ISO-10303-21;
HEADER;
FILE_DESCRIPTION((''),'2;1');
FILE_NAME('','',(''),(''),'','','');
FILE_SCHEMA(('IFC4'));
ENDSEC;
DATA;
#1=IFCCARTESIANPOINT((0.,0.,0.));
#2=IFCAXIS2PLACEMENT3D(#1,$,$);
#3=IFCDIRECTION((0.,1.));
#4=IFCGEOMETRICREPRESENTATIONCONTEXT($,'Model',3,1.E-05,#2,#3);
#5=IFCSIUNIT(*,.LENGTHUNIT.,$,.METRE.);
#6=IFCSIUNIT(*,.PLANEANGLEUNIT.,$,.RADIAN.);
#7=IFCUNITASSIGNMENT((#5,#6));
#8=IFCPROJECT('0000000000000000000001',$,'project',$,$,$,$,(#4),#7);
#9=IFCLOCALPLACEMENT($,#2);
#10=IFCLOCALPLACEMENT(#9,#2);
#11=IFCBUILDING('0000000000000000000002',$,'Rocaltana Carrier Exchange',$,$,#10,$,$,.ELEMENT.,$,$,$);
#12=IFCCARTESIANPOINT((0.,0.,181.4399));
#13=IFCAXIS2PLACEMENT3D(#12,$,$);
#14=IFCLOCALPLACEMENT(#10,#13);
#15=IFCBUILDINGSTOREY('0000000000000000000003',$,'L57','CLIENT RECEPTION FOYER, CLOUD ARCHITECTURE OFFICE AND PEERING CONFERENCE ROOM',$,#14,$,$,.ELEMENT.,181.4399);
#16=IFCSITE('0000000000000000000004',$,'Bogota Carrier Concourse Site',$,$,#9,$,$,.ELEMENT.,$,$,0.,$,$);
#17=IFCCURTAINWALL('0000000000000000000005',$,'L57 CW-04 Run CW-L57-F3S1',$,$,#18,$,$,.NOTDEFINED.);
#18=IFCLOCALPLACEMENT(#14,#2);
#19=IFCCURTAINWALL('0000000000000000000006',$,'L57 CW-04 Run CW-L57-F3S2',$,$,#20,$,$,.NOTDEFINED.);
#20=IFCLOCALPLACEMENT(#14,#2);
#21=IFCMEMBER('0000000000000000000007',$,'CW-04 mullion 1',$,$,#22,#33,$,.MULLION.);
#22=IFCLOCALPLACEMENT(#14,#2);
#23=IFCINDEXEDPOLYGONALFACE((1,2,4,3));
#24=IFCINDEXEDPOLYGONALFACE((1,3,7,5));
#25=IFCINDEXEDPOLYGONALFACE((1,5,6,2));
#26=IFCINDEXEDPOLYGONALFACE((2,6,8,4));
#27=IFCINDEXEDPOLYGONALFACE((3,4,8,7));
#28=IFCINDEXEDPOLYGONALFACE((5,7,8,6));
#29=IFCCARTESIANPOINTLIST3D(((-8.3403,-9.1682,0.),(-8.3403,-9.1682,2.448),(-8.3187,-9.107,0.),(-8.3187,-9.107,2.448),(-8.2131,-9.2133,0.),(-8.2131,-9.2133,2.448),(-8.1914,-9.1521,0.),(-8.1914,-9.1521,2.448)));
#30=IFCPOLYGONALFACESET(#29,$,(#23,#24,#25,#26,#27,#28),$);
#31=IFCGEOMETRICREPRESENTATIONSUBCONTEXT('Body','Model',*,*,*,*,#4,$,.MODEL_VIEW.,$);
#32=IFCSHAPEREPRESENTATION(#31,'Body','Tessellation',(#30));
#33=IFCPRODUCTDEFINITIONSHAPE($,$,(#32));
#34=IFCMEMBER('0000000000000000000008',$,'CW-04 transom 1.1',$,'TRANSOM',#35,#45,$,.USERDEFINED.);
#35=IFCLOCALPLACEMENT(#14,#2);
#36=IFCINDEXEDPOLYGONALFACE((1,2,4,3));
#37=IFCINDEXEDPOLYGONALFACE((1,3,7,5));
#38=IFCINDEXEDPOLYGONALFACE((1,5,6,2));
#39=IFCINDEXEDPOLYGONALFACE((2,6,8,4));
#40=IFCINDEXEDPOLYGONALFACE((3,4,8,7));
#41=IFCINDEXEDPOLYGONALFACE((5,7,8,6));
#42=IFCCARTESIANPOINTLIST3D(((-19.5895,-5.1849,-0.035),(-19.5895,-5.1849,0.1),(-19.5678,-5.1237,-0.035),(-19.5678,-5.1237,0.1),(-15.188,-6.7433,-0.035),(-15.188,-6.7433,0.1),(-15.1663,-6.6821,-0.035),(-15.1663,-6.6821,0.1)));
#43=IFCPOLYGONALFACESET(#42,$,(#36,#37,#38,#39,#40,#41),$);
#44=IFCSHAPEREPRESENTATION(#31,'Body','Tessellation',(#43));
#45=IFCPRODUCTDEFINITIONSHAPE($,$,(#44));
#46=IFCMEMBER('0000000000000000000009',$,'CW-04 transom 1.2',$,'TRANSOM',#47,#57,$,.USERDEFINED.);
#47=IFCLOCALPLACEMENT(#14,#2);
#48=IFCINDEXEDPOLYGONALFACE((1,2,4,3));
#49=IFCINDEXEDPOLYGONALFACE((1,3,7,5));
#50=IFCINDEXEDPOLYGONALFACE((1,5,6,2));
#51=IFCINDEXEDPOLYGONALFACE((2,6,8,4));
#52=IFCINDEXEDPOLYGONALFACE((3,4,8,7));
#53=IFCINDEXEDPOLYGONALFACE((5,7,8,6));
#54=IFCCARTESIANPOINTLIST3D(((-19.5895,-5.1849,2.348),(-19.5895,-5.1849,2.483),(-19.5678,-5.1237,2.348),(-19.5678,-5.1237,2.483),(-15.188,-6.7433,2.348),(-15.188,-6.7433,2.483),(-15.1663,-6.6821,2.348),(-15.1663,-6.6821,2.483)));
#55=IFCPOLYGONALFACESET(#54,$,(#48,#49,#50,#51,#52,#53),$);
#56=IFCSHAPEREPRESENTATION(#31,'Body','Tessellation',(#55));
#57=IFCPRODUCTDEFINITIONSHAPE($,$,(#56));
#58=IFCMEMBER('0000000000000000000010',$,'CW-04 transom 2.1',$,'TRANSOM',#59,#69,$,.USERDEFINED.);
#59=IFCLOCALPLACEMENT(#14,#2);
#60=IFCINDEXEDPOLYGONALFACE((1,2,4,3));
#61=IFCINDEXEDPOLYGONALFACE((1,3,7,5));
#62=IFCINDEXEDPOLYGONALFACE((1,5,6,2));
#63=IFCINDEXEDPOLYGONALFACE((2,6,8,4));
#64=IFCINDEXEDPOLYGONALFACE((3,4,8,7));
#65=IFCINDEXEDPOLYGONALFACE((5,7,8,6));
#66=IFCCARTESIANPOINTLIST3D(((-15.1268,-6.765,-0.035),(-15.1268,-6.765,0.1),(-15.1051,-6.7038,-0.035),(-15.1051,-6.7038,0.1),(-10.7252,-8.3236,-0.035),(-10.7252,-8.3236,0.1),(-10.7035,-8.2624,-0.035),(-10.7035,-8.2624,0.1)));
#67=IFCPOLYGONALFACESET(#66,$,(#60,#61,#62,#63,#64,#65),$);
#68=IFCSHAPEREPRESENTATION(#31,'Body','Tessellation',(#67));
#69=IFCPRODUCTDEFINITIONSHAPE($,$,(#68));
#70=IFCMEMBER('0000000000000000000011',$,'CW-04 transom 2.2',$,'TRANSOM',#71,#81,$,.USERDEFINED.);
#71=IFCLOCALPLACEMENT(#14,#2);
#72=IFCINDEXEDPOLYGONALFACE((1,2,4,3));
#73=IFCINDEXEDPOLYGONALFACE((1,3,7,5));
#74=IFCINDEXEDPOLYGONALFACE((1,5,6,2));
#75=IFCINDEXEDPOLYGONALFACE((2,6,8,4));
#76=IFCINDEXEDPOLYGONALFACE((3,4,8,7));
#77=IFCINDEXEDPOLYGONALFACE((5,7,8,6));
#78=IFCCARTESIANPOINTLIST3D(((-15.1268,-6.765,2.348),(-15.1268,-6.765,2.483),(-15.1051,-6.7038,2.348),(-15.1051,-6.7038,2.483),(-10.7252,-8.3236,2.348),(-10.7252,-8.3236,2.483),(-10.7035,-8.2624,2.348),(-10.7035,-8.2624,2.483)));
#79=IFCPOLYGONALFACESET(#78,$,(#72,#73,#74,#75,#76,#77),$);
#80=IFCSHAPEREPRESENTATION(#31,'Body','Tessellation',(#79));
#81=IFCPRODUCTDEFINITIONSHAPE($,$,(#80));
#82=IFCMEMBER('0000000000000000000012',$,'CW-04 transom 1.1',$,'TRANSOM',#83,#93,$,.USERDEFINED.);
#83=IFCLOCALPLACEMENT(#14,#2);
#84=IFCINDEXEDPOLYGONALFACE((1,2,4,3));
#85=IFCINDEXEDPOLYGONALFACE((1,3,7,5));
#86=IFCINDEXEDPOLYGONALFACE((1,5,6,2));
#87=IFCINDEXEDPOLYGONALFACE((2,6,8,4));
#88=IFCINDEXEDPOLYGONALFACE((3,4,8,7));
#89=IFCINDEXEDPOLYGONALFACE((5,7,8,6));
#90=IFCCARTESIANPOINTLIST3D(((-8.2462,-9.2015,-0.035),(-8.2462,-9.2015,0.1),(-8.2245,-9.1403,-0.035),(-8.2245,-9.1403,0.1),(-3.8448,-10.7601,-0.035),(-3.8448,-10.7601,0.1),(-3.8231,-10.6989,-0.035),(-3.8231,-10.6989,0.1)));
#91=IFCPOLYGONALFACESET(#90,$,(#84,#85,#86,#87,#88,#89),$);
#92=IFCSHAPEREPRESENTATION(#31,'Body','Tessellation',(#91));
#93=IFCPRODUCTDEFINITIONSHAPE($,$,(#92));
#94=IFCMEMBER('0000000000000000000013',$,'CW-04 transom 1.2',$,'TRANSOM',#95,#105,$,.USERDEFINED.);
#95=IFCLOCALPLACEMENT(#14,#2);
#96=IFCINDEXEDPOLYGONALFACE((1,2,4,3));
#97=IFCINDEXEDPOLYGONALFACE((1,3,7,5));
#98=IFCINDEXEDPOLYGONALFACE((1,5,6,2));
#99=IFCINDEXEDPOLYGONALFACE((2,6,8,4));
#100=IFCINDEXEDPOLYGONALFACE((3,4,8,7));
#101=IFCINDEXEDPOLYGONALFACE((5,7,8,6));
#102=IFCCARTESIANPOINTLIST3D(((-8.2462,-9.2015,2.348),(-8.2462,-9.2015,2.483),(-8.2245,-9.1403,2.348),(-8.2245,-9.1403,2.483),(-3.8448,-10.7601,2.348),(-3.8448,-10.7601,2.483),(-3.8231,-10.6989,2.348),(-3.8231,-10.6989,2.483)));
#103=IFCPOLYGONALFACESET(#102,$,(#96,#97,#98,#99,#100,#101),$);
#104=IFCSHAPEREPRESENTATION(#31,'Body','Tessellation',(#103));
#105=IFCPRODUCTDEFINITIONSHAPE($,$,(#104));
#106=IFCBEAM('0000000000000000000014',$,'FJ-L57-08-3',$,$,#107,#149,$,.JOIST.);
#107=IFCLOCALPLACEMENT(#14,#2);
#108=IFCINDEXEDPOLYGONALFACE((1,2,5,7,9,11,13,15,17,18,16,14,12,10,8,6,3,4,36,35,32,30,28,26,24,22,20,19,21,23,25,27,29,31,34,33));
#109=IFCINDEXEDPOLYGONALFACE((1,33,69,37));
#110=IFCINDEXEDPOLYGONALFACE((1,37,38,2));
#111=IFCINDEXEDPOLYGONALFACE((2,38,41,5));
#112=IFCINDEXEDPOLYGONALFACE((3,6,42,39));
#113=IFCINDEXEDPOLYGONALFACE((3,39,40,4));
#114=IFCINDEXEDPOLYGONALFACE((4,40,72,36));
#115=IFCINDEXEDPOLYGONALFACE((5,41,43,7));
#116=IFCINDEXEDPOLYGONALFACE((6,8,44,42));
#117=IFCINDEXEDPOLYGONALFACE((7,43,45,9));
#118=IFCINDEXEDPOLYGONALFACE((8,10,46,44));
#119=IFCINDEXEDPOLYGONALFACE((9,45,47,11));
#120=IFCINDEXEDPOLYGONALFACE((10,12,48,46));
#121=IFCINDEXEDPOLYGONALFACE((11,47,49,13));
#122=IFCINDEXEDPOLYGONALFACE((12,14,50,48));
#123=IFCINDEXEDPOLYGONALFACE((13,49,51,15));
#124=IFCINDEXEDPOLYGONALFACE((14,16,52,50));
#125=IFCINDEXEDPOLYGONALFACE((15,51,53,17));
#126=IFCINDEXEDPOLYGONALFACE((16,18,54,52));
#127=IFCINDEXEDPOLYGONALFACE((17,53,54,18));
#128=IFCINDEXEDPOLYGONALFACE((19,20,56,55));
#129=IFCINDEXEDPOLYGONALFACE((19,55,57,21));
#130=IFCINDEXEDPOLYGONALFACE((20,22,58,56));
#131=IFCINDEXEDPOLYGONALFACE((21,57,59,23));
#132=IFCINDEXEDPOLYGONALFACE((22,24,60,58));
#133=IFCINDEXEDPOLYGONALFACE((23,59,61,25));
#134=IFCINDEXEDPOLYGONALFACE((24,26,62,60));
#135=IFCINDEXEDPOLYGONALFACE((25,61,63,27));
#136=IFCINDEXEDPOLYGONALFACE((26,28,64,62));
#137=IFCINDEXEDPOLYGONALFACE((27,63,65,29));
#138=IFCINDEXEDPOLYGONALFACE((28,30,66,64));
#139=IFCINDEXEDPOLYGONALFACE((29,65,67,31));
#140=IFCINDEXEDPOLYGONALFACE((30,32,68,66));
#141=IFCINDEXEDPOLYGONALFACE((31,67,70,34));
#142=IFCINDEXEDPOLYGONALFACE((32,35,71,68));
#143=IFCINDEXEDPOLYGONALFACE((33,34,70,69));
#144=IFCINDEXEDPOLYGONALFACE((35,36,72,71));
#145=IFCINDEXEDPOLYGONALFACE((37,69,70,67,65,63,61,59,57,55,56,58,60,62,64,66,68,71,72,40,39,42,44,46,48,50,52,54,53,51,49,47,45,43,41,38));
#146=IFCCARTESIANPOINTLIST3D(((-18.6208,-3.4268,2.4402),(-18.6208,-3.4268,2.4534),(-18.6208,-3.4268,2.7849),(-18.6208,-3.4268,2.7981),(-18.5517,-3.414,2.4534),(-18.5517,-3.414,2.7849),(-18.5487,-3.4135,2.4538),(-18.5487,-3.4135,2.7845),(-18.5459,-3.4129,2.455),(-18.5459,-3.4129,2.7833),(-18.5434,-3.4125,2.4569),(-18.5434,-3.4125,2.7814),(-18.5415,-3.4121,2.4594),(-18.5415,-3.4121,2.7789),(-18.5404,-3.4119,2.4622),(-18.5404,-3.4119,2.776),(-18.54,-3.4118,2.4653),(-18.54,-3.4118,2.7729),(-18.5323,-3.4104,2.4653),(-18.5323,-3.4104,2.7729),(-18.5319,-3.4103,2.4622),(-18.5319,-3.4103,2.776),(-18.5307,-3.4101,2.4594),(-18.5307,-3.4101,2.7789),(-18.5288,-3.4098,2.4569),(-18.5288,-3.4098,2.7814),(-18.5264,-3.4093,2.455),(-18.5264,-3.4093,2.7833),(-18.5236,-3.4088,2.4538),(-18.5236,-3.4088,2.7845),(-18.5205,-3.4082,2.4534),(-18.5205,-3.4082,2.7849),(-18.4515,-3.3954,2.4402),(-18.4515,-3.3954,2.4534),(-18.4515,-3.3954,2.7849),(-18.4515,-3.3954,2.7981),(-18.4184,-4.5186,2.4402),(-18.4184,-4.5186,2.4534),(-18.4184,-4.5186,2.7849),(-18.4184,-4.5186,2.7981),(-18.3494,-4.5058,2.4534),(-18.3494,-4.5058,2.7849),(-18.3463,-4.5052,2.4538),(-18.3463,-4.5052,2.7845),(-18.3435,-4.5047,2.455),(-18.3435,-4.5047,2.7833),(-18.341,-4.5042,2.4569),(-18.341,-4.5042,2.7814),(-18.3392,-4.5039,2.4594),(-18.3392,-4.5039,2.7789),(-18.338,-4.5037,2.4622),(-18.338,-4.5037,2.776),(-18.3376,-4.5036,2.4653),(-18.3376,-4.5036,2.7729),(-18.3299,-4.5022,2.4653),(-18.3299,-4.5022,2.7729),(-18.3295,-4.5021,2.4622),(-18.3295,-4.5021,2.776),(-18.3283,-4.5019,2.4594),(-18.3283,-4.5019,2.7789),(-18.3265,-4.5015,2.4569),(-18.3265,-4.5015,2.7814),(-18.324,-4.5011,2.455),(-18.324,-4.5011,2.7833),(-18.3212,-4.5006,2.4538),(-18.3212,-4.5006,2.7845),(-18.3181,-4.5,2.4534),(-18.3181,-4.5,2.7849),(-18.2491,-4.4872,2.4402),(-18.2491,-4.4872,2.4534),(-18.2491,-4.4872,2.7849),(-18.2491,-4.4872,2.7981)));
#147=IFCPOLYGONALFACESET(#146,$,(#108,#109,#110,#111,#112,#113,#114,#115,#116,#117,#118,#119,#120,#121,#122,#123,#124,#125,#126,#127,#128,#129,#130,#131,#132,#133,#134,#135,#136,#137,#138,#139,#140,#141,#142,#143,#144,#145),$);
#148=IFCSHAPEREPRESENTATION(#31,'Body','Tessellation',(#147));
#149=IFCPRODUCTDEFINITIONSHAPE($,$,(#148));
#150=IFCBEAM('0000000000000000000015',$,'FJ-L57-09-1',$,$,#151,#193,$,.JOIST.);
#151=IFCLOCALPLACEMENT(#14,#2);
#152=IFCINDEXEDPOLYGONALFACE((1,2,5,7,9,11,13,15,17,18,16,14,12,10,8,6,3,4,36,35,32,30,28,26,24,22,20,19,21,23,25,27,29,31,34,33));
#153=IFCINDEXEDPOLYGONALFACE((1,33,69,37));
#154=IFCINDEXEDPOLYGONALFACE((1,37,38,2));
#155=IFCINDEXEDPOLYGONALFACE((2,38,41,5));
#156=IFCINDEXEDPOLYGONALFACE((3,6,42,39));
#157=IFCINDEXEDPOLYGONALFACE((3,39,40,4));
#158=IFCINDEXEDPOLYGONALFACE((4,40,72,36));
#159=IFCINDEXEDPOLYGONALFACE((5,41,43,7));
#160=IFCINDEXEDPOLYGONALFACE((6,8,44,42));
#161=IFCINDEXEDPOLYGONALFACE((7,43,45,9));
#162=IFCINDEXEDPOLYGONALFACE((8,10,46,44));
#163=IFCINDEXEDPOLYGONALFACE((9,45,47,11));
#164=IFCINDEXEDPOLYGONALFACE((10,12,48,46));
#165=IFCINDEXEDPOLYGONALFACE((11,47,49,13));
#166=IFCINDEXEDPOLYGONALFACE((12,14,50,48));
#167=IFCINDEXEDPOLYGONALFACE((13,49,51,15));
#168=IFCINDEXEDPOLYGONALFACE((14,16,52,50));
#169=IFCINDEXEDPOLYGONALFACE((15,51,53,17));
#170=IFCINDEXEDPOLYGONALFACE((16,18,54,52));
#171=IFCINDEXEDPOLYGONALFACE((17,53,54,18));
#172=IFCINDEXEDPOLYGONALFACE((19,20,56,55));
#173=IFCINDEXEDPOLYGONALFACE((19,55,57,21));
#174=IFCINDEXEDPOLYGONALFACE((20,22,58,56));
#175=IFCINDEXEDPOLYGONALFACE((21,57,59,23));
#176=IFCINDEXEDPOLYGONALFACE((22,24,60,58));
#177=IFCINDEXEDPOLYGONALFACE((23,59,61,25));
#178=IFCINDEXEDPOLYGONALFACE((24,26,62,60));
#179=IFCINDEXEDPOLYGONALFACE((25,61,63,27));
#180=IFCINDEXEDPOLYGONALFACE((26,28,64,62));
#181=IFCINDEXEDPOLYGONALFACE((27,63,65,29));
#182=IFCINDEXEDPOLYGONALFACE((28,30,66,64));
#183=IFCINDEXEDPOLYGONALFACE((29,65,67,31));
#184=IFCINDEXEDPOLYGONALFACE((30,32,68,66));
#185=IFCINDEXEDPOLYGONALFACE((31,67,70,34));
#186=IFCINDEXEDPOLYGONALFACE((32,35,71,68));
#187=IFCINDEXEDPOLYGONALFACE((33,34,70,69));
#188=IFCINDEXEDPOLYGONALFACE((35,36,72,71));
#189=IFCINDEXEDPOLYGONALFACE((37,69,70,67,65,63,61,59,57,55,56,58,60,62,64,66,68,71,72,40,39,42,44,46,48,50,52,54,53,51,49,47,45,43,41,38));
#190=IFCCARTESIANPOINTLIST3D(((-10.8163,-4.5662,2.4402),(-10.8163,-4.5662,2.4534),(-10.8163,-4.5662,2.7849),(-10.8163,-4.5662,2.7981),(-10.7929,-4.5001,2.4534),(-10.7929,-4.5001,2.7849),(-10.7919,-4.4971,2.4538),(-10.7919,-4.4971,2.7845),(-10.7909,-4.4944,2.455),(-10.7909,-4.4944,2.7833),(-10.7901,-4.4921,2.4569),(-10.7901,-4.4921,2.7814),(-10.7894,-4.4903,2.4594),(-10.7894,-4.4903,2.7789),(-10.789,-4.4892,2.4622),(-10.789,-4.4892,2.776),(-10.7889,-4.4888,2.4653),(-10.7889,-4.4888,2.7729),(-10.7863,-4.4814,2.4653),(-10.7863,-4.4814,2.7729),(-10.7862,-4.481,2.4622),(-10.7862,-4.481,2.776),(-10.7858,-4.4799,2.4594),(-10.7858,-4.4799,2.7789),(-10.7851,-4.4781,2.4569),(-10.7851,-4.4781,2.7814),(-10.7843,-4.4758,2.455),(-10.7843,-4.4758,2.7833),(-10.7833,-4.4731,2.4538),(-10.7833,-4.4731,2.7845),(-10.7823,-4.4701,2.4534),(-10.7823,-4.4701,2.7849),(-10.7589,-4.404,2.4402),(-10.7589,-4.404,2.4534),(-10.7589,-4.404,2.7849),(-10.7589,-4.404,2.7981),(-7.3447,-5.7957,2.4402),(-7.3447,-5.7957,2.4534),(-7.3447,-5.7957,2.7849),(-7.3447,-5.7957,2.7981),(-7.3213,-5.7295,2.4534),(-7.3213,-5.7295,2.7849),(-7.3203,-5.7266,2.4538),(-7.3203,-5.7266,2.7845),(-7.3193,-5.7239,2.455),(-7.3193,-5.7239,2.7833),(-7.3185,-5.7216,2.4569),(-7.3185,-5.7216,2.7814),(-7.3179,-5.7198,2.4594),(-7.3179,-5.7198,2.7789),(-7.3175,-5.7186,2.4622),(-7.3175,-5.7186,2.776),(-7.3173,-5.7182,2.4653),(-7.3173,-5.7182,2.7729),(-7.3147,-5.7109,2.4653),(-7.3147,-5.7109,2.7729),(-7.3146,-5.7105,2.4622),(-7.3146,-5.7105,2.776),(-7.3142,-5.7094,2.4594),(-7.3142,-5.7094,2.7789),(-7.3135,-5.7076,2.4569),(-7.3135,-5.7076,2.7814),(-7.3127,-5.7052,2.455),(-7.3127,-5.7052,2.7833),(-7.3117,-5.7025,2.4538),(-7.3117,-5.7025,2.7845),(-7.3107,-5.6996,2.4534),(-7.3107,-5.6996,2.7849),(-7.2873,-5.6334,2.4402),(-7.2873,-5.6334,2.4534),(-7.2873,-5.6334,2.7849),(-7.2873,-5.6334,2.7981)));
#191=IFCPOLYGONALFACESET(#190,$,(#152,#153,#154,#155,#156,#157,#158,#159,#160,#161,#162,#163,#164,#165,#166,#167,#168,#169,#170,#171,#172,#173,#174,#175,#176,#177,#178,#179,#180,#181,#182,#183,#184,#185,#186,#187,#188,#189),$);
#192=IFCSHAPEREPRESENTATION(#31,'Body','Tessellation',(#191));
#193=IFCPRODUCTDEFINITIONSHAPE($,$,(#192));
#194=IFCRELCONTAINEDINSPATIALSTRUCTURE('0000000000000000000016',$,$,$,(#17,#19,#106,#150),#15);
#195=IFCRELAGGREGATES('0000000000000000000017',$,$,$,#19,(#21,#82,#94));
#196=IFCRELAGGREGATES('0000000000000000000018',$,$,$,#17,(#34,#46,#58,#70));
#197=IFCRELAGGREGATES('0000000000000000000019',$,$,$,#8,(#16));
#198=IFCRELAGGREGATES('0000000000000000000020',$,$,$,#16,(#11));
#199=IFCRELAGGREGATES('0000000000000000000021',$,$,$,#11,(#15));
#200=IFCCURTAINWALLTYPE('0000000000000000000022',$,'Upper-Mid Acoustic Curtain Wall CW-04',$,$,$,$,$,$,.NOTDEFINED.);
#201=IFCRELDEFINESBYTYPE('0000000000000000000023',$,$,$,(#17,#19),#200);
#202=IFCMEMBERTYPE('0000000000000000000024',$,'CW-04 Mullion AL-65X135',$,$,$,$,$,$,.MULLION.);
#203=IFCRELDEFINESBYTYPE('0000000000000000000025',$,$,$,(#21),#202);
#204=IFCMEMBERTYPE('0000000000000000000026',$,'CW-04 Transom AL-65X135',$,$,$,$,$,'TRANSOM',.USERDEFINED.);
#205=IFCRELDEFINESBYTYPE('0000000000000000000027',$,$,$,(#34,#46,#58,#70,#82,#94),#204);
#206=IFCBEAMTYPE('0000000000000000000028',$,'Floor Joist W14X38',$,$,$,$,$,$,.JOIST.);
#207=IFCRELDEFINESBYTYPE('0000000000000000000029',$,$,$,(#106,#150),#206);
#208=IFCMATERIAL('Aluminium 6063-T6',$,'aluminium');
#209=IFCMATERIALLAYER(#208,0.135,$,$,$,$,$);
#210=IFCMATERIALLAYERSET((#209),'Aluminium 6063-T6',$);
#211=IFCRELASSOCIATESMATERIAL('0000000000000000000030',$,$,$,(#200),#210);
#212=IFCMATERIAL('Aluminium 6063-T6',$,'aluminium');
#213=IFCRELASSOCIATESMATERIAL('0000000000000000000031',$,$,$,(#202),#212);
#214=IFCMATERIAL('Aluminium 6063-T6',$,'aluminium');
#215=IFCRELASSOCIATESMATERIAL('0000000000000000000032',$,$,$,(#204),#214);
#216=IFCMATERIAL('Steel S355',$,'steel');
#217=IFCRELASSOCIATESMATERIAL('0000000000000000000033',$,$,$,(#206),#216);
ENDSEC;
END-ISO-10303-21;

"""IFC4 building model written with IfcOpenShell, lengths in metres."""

from ifc_helpers import new_model, si_unit, direction, frame, origin, origin_2d, place, context, subcontext, project, spatial, rectangle, i_section, extrude, material, layer, layer_set, material_profile, profile_set, type_object, element, aggregate, save


model = new_model("IFC4")

# Units and contexts
model_context = context("Model", 3, precision=1e-05, world=origin(), true_north=direction((0.0, 1.0)))
body_context = subcontext(model_context, "Body", "Model", "MODEL_VIEW")
ifc_project = project(units=[si_unit("LENGTHUNIT", "METRE"), si_unit("PLANEANGLEUNIT", "RADIAN")], contexts=[model_context])

# Site, building, storey
site_placement = place(None, origin())
site = spatial("IfcSite", under=ifc_project, at=site_placement, Name="Bogota Carrier Concourse Site", CompositionType="ELEMENT", RefElevation=0.0)
building_placement = place(site_placement, origin())
building = spatial("IfcBuilding", under=site, at=building_placement, Name="Rocaltana Carrier Exchange", CompositionType="ELEMENT")
storey_placement = place(building_placement, frame((0.0, 0.0, 181.4399)))
storey = spatial("IfcBuildingStorey", under=building, at=storey_placement, Name="L57", Description="CLIENT RECEPTION FOYER, CLOUD ARCHITECTURE OFFICE AND PEERING CONFERENCE ROOM", CompositionType="ELEMENT", Elevation=181.4399)

# Shared definitions
ifc_material_1 = material(Name="Aluminium 6063-T6", Category="aluminium")
ifc_layer_1 = layer(ifc_material_1, 0.135)
ifc_layer_set_1 = layer_set([ifc_layer_1], Name="Aluminium 6063-T6")
curtain_wall_type = type_object("IfcCurtainWallType", Name="Upper-Mid Acoustic Curtain Wall CW-04", PredefinedType="NOTDEFINED", material=ifc_layer_set_1)
ifc_material_2 = material(Name="Aluminium 6063-T6", Category="aluminium")
ifc_material_profile_1 = material_profile(ifc_material_2, rectangle(XDim=0.0649, YDim=0.135, at=origin_2d()), Name="AL-65X135")
ifc_profile_set_1 = profile_set([ifc_material_profile_1], Name="Aluminium 6063-T6")
member_type_1 = type_object("IfcMemberType", Name="CW-04 Mullion AL-65X135", PredefinedType="MULLION", material=ifc_profile_set_1)

# Curtain wall
curtain_wall_1_placement = place(storey_placement, origin())
curtain_wall_1 = element("IfcCurtainWall", 1, at=curtain_wall_1_placement, inside=storey, type_object=curtain_wall_type, Name="L57 CW-04 Run CW-L57-F3S1", PredefinedType="NOTDEFINED")

# Curtain wall, member
curtain_wall_2_placement = place(storey_placement, origin())
curtain_wall_2 = element("IfcCurtainWall", 2, at=curtain_wall_2_placement, inside=storey, type_object=curtain_wall_type, Name="L57 CW-04 Run CW-L57-F3S2", PredefinedType="NOTDEFINED")
member_1_placement = place(storey_placement, frame((-8.2659, -9.1602, 0.0), z_axis=(0.0, 0.0, 1.0), x_axis=(0.333799, 0.942644, 0.0)))
member_1 = element("IfcMember", 3, at=member_1_placement, type_object=member_type_1, Name="CW-04 mullion 1", PredefinedType="MULLION", context=body_context, shape_type="SweptSolid", body=[
    extrude(rectangle(XDim=0.0649, YDim=0.135, at=origin_2d()), origin(), (0.0, 0.0, 1.0), 2.448),
])

# Members
ifc_material_3 = material(Name="Aluminium 6063-T6", Category="aluminium")
ifc_material_profile_2 = material_profile(ifc_material_3, rectangle(XDim=0.0649, YDim=0.135, at=origin_2d()), Name="AL-65X135")
ifc_profile_set_2 = profile_set([ifc_material_profile_2], Name="Aluminium 6063-T6")
member_type_2 = type_object("IfcMemberType", Name="CW-04 Transom AL-65X135", ElementType="TRANSOM", PredefinedType="USERDEFINED", material=ifc_profile_set_2)
member_2_placement = place(storey_placement, frame((-19.5786, -5.1543, 0.0325), z_axis=(0.942659, -0.333758, 0.0), x_axis=(0.333758, 0.942659, 0.0)))
member_2 = element("IfcMember", 4, at=member_2_placement, type_object=member_type_2, Name="CW-04 transom 1.1", ObjectType="TRANSOM", PredefinedType="USERDEFINED", context=body_context, shape_type="SweptSolid", body=[
    extrude(rectangle(XDim=0.0649, YDim=0.135, at=origin_2d()), origin(), (0.0, 0.0, 1.0), 4.6692),
])
member_3_placement = place(storey_placement, frame((-19.5786, -5.1543, 2.4155), z_axis=(0.942659, -0.333758, 0.0), x_axis=(0.333758, 0.942659, 0.0)))
member_3 = element("IfcMember", 5, at=member_3_placement, type_object=member_type_2, Name="CW-04 transom 1.2", ObjectType="TRANSOM", PredefinedType="USERDEFINED", context=body_context, shape_type="SweptSolid", body=[
    extrude(rectangle(XDim=0.0649, YDim=0.135, at=origin_2d()), origin(), (0.0, 0.0, 1.0), 4.6692),
])
member_4_placement = place(storey_placement, frame((-15.116, -6.7344, 0.0325), z_axis=(0.942648, -0.333788, 0.0), x_axis=(0.333788, 0.942648, 0.0)))
member_4 = element("IfcMember", 6, at=member_4_placement, type_object=member_type_2, Name="CW-04 transom 2.1", ObjectType="TRANSOM", PredefinedType="USERDEFINED", context=body_context, shape_type="SweptSolid", body=[
    extrude(rectangle(XDim=0.0649, YDim=0.135, at=origin_2d()), origin(), (0.0, 0.0, 1.0), 4.6694),
])
member_5_placement = place(storey_placement, frame((-15.116, -6.7344, 2.4155), z_axis=(0.942648, -0.333788, 0.0), x_axis=(0.333788, 0.942648, 0.0)))
member_5 = element("IfcMember", 7, at=member_5_placement, type_object=member_type_2, Name="CW-04 transom 2.2", ObjectType="TRANSOM", PredefinedType="USERDEFINED", context=body_context, shape_type="SweptSolid", body=[
    extrude(rectangle(XDim=0.0649, YDim=0.135, at=origin_2d()), origin(), (0.0, 0.0, 1.0), 4.6694),
])
member_6_placement = place(storey_placement, frame((-8.2354, -9.1709, 0.0325), z_axis=(0.942642, -0.333805, 0.0), x_axis=(0.333805, 0.942642, 0.0)))
member_6 = element("IfcMember", 8, at=member_6_placement, type_object=member_type_2, Name="CW-04 transom 1.1", ObjectType="TRANSOM", PredefinedType="USERDEFINED", context=body_context, shape_type="SweptSolid", body=[
    extrude(rectangle(XDim=0.0649, YDim=0.135, at=origin_2d()), origin(), (0.0, 0.0, 1.0), 4.6692),
])
member_7_placement = place(storey_placement, frame((-8.2354, -9.1709, 2.4155), z_axis=(0.942642, -0.333805, 0.0), x_axis=(0.333805, 0.942642, 0.0)))
member_7 = element("IfcMember", 9, at=member_7_placement, type_object=member_type_2, Name="CW-04 transom 1.2", ObjectType="TRANSOM", PredefinedType="USERDEFINED", context=body_context, shape_type="SweptSolid", body=[
    extrude(rectangle(XDim=0.0649, YDim=0.135, at=origin_2d()), origin(), (0.0, 0.0, 1.0), 4.6692),
])
aggregate(curtain_wall_2, [member_1, member_6, member_7])

# Beams
ifc_material_4 = material(Name="Steel S355", Category="steel")
ifc_material_profile_3 = material_profile(ifc_material_4, i_section(OverallWidth=0.1721, OverallDepth=0.3579, WebThickness=0.0078, FlangeThickness=0.0132, FilletRadius=0.012, at=origin_2d()), Name="W14X38")
ifc_profile_set_3 = profile_set([ifc_material_profile_3], Name="Steel S355")
beam_type_1 = type_object("IfcBeamType", Name="Floor Joist W14X38", PredefinedType="JOIST", material=ifc_profile_set_3)
beam_1_placement = place(storey_placement, frame((-18.5361, -3.4111, 2.6191), z_axis=(0.18227, -0.983248, 0.0), x_axis=(0.983248, 0.18227, 0.0)))
element("IfcBeam", 10, at=beam_1_placement, inside=storey, type_object=beam_type_1, Name="FJ-L57-08-3", PredefinedType="JOIST", context=body_context, shape_type="SweptSolid", body=[
    extrude(i_section(OverallWidth=0.1721, OverallDepth=0.3579, WebThickness=0.0078, FlangeThickness=0.0132, FilletRadius=0.012, at=origin_2d()), origin(), (0.0, 0.0, 1.0), 1.1104),
])
beam_2_placement = place(storey_placement, frame((-10.7876, -4.4851, 2.6191), z_axis=(0.942632, -0.333832, 0.0), x_axis=(0.333832, 0.942632, 0.0)))
element("IfcBeam", 11, at=beam_2_placement, inside=storey, type_object=beam_type_1, Name="FJ-L57-09-1", PredefinedType="JOIST", context=body_context, shape_type="SweptSolid", body=[
    extrude(i_section(OverallWidth=0.1721, OverallDepth=0.3579, WebThickness=0.0078, FlangeThickness=0.0132, FilletRadius=0.012, at=origin_2d()), origin(), (0.0, 0.0, 1.0), 3.6829),
])

aggregate(curtain_wall_1, [member_2, member_3, member_4, member_5])

save(model, "model.ifc")
